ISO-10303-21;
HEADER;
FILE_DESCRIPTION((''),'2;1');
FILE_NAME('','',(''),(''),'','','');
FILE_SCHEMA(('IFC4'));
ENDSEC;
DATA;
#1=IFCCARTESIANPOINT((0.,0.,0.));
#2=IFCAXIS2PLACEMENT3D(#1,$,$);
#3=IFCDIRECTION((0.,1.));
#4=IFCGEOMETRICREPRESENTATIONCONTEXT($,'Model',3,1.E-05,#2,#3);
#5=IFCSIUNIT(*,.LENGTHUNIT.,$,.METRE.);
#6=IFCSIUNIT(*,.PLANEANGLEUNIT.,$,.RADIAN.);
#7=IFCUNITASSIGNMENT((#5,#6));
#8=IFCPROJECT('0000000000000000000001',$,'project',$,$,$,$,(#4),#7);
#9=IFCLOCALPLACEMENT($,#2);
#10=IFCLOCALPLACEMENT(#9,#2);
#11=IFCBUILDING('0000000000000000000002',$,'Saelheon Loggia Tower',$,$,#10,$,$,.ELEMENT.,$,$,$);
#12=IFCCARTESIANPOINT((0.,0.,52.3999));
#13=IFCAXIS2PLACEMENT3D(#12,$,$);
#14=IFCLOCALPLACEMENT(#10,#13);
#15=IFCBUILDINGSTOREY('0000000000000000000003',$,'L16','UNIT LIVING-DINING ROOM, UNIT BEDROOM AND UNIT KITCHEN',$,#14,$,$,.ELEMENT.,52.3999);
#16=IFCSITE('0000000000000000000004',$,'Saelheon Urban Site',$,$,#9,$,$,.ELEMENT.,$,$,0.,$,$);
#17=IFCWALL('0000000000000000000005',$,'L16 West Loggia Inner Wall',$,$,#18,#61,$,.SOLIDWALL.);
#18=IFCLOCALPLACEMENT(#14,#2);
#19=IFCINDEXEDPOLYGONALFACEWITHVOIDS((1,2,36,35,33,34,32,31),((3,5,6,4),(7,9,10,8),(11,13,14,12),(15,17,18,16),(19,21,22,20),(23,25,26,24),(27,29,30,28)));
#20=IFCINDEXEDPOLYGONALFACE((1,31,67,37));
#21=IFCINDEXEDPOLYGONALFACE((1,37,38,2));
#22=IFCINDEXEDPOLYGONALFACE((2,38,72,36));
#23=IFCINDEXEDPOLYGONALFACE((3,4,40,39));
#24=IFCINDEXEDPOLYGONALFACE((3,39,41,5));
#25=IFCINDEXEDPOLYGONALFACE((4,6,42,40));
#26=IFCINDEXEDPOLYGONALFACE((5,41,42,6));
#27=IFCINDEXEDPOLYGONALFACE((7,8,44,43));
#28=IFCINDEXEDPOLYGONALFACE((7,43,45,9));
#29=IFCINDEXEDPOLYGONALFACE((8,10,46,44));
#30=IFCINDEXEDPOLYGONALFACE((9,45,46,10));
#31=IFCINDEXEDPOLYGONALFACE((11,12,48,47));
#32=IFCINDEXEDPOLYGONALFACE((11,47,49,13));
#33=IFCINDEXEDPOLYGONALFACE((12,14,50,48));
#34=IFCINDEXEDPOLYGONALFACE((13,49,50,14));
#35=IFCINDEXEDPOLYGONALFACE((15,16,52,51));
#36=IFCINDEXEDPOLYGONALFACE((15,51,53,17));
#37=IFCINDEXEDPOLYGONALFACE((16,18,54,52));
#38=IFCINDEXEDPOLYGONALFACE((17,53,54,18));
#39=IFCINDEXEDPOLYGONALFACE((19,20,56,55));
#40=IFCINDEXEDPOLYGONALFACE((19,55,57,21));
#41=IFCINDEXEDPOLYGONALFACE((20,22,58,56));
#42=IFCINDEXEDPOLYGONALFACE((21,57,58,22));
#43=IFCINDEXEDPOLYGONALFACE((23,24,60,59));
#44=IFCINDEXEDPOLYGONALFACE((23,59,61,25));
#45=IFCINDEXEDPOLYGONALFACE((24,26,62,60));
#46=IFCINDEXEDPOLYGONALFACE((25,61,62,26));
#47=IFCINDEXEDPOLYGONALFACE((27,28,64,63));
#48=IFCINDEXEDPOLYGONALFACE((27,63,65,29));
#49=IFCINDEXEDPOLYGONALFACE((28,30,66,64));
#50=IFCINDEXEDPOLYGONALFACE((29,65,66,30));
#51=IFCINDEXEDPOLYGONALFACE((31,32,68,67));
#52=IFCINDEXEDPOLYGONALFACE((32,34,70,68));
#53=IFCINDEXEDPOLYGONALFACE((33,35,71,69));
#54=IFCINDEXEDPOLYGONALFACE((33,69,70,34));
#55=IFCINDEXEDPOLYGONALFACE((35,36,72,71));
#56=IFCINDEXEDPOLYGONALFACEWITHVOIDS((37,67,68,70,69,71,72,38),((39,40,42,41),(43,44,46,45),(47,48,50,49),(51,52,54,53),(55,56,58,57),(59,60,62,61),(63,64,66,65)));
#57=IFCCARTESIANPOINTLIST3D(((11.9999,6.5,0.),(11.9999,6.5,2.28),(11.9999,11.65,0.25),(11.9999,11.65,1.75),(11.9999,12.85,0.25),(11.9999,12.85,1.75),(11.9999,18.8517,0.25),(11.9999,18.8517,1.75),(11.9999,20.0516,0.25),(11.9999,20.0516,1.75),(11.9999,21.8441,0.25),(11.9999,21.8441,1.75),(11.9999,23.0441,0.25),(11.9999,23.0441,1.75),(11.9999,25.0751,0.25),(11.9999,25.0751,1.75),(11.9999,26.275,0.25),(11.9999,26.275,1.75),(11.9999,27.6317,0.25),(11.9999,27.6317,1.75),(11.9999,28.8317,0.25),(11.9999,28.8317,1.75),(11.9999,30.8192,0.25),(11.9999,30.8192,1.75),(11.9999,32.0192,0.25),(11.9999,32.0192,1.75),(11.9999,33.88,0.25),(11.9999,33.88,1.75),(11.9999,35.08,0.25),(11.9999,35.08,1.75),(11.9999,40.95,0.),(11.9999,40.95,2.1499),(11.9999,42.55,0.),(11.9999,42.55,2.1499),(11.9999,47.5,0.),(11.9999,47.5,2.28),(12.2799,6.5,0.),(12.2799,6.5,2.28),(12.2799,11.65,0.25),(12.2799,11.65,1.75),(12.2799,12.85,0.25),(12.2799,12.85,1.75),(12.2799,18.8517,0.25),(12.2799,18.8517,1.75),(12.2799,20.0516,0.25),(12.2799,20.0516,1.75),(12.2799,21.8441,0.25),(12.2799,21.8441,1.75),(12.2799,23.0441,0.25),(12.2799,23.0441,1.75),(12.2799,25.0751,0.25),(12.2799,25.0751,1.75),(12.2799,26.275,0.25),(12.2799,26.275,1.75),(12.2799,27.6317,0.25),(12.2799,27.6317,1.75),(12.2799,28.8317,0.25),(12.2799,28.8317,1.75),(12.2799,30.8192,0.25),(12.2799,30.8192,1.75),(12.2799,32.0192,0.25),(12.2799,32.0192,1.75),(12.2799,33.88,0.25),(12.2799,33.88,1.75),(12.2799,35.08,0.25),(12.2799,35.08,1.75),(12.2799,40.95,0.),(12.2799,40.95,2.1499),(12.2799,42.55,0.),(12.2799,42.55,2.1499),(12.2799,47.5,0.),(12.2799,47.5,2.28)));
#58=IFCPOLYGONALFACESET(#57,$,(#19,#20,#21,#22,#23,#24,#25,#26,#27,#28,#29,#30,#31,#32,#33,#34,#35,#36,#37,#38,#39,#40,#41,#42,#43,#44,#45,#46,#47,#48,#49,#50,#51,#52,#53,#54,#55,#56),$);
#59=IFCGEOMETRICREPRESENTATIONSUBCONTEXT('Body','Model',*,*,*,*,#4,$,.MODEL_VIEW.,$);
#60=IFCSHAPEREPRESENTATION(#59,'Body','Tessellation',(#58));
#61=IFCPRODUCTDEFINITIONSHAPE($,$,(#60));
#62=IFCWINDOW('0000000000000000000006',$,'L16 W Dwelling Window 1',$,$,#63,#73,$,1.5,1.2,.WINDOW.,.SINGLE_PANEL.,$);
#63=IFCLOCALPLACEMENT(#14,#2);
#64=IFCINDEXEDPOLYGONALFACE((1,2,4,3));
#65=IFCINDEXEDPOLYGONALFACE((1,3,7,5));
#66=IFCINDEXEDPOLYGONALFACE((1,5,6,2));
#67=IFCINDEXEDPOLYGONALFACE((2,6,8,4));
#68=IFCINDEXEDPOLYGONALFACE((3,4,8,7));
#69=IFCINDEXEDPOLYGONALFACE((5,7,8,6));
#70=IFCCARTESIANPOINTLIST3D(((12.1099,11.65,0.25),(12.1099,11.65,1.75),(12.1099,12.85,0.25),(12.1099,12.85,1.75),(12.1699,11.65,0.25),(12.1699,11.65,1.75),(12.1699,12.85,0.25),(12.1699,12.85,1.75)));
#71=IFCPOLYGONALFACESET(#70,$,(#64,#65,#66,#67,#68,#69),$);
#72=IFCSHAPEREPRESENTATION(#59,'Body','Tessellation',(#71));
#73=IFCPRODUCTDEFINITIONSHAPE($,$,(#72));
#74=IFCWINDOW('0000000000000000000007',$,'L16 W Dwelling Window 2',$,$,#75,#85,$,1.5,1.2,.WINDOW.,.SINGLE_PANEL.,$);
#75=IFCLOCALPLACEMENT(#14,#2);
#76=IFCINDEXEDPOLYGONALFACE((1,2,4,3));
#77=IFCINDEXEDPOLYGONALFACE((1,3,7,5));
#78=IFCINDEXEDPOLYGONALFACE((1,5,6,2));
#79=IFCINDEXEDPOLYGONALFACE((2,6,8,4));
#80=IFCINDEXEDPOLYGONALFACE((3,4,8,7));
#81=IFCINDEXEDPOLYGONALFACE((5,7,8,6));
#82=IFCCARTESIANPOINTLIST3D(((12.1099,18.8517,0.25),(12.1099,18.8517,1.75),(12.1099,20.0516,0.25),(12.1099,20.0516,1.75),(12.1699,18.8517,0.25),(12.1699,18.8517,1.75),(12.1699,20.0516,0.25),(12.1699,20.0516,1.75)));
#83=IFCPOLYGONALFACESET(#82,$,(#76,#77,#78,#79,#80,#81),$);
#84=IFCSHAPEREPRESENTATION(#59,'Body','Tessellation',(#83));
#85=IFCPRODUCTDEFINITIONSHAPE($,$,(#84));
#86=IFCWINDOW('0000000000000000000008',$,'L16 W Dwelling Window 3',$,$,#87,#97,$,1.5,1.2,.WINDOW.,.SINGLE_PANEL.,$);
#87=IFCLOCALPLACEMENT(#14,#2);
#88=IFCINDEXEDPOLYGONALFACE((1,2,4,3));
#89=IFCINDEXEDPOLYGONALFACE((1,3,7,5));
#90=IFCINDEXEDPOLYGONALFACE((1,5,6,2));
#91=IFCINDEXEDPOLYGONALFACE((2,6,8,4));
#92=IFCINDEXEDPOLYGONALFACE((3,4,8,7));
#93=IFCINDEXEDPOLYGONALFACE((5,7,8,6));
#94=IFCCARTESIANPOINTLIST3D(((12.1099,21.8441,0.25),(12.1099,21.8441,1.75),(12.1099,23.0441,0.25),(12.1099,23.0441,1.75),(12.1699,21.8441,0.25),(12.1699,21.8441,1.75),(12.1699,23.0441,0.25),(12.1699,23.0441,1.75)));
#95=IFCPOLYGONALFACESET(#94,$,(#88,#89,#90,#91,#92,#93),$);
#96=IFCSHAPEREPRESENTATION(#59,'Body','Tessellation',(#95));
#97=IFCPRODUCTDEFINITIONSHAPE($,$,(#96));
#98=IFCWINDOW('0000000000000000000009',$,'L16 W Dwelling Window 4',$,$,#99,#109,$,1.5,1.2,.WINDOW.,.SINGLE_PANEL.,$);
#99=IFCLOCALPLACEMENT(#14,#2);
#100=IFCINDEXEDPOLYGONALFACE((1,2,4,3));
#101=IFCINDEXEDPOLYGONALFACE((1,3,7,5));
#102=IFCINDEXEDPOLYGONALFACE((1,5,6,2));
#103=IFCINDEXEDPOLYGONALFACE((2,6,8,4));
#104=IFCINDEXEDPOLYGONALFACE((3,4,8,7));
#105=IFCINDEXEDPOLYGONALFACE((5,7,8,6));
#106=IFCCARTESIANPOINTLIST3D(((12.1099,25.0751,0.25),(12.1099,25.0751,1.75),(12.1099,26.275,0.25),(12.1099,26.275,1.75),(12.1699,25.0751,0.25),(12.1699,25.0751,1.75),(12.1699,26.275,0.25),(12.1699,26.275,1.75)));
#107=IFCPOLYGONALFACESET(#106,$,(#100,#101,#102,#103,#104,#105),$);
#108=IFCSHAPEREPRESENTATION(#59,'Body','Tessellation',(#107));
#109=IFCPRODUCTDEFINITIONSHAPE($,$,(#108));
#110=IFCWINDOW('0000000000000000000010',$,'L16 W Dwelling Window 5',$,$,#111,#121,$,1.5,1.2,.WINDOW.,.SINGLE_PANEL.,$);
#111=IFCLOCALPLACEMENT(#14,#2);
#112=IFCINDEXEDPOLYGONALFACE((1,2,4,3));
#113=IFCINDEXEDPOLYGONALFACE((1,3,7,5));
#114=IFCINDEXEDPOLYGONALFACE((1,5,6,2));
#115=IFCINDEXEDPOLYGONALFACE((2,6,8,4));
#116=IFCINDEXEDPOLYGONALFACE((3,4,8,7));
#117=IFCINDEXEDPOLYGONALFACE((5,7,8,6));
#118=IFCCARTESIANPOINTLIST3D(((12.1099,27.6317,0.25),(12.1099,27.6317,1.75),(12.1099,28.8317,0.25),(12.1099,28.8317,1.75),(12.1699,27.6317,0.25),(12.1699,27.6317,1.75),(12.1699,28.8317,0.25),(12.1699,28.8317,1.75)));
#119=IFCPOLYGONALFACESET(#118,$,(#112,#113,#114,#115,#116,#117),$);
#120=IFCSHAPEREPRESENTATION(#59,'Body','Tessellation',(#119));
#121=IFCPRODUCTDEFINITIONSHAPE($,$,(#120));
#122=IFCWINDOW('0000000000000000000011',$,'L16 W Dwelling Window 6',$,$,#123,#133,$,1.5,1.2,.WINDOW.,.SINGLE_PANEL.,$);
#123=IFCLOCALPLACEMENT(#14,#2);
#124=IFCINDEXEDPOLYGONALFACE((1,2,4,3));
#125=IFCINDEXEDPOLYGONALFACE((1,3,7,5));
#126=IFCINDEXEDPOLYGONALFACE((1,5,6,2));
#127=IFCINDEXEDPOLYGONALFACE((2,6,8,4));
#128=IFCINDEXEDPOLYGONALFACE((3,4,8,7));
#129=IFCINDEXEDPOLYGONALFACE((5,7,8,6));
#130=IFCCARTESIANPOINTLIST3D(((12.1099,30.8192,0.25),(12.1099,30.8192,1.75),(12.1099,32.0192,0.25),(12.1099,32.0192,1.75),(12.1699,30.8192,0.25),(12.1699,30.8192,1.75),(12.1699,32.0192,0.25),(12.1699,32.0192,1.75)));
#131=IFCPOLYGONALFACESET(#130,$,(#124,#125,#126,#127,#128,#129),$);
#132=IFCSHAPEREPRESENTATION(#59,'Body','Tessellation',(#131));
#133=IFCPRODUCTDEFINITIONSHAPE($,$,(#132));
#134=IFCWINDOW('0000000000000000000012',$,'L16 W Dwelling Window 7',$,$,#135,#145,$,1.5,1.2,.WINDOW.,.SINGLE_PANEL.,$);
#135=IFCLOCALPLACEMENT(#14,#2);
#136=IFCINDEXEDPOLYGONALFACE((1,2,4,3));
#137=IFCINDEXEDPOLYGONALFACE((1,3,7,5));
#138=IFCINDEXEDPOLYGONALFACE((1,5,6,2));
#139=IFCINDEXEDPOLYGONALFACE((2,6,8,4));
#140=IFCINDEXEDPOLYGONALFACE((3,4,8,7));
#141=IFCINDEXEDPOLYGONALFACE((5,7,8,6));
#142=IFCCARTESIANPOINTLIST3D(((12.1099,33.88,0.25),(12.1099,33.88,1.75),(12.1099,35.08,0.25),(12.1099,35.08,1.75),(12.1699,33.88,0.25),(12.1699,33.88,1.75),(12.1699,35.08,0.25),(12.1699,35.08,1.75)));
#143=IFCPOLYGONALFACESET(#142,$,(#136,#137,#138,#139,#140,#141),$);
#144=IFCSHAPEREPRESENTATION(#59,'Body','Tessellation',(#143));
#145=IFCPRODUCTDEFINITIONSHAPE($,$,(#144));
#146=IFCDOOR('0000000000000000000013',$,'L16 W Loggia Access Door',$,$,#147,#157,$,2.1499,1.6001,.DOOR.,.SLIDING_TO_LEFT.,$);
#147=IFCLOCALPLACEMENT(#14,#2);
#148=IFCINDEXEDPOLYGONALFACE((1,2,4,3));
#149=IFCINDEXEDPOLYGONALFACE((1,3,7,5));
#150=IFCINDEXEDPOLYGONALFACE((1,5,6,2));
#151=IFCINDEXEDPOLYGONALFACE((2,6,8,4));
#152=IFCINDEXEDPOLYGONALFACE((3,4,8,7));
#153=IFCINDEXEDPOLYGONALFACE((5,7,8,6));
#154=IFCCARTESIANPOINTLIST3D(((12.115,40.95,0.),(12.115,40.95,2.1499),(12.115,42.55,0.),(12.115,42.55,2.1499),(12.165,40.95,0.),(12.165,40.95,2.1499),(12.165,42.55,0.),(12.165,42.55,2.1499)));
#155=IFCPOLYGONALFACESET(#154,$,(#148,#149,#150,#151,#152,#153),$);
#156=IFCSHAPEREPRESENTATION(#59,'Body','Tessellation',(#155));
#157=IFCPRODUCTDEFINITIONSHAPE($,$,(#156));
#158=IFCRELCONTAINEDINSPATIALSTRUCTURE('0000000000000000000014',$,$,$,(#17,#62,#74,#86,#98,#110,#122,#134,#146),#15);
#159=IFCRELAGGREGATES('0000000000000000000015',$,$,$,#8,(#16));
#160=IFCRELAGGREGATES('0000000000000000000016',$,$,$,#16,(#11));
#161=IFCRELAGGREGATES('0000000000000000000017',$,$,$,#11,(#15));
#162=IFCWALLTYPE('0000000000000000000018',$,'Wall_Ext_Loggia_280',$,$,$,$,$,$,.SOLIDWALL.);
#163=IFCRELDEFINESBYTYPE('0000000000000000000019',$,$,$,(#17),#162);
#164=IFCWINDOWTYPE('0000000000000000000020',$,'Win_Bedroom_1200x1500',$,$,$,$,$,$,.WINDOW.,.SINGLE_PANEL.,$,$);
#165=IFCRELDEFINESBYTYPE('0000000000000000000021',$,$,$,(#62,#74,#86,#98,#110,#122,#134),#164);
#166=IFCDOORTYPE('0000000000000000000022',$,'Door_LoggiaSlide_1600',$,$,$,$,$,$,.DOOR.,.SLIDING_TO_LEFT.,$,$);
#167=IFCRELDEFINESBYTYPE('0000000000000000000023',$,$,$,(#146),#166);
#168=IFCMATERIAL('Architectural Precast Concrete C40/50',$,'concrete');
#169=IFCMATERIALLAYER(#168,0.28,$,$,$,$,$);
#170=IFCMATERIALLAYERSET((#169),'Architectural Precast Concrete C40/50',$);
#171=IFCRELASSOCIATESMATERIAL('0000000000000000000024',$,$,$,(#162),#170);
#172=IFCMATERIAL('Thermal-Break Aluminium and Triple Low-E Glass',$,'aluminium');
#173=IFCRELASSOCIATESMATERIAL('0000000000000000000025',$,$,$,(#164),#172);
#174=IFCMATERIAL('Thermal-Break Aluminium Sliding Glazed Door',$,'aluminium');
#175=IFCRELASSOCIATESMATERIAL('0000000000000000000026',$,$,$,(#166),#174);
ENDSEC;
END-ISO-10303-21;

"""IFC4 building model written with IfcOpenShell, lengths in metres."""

from ifc_helpers import new_model, si_unit, direction, frame, frame_2d, origin, place, context, subcontext, project, spatial, rectangle, extrude, source, transform, mapped, material, layer, layer_set, type_object, element, fill, save


model = new_model("IFC4")

# Units and contexts
model_context = context("Model", 3, precision=1e-05, world=origin(), true_north=direction((0.0, 1.0)))
body_context = subcontext(model_context, "Body", "Model", "MODEL_VIEW")
ifc_project = project(units=[si_unit("LENGTHUNIT", "METRE"), si_unit("PLANEANGLEUNIT", "RADIAN")], contexts=[model_context])

# Site, building, storey
site_placement = place(None, origin())
site = spatial("IfcSite", under=ifc_project, at=site_placement, Name="Saelheon Urban Site", CompositionType="ELEMENT", RefElevation=0.0)
building_placement = place(site_placement, origin())
building = spatial("IfcBuilding", under=site, at=building_placement, Name="Saelheon Loggia Tower", CompositionType="ELEMENT")
storey_placement = place(building_placement, frame((0.0, 0.0, 52.3999)))
storey = spatial("IfcBuildingStorey", under=building, at=storey_placement, Name="L16", Description="UNIT LIVING-DINING ROOM, UNIT BEDROOM AND UNIT KITCHEN", CompositionType="ELEMENT", Elevation=52.3999)

# Shared definitions
ifc_material_1 = material(Name="Thermal-Break Aluminium and Triple Low-E Glass", Category="aluminium")

# Wall, openings, windows, door
ifc_material_2 = material(Name="Architectural Precast Concrete C40/50", Category="concrete")
ifc_layer_1 = layer(ifc_material_2, 0.28)
ifc_layer_set_1 = layer_set([ifc_layer_1], Name="Architectural Precast Concrete C40/50")
wall_type = type_object("IfcWallType", Name="Wall_Ext_Loggia_280", PredefinedType="SOLIDWALL", material=ifc_layer_set_1)
wall_placement = place(storey_placement, frame((12.1399, 6.5, 0.0), z_axis=(0.0, 0.0, 1.0), x_axis=(0.0, 1.0, 0.0)))
wall = element("IfcWall", 1, at=wall_placement, inside=storey, type_object=wall_type, Name="L16 West Loggia Inner Wall", PredefinedType="SOLIDWALL", context=body_context, shape_type="SweptSolid", body=[
    extrude(rectangle(XDim=41.0, YDim=0.28, at=frame_2d((20.5, 0.0))), origin(), (0.0, 0.0, 1.0), 2.28),
])
opening_1_placement = place(wall_placement, frame((5.1499, 0.0, 0.25)))
opening_1 = element("IfcOpeningElement", 2, at=opening_1_placement, cuts=wall, PredefinedType="OPENING", context=body_context, shape_type="SweptSolid", body=[
    extrude(rectangle(XDim=1.2, YDim=1.5, at=frame_2d((0.6001, 0.75))), frame((0.0, 0.1521, 0.0), z_axis=(0.0, -1.0, 0.0), x_axis=(1.0, 0.0, 0.0)), (0.0, 0.0, 1.0), 0.304),
])
opening_2_placement = place(wall_placement, frame((12.3516, 0.0, 0.25)))
opening_2 = element("IfcOpeningElement", 3, at=opening_2_placement, cuts=wall, PredefinedType="OPENING", context=body_context, shape_type="SweptSolid", body=[
    extrude(rectangle(XDim=1.2, YDim=1.5, at=frame_2d((0.6001, 0.75))), frame((0.0, 0.1521, 0.0), z_axis=(0.0, -1.0, 0.0), x_axis=(1.0, 0.0, 0.0)), (0.0, 0.0, 1.0), 0.304),
])
opening_3_placement = place(wall_placement, frame((15.344, 0.0, 0.25)))
opening_3 = element("IfcOpeningElement", 4, at=opening_3_placement, cuts=wall, PredefinedType="OPENING", context=body_context, shape_type="SweptSolid", body=[
    extrude(rectangle(XDim=1.2, YDim=1.5, at=frame_2d((0.6001, 0.75))), frame((0.0, 0.1521, 0.0), z_axis=(0.0, -1.0, 0.0), x_axis=(1.0, 0.0, 0.0)), (0.0, 0.0, 1.0), 0.304),
])
opening_4_placement = place(wall_placement, frame((18.575, 0.0, 0.25)))
opening_4 = element("IfcOpeningElement", 5, at=opening_4_placement, cuts=wall, PredefinedType="OPENING", context=body_context, shape_type="SweptSolid", body=[
    extrude(rectangle(XDim=1.2, YDim=1.5, at=frame_2d((0.6001, 0.75))), frame((0.0, 0.1521, 0.0), z_axis=(0.0, -1.0, 0.0), x_axis=(1.0, 0.0, 0.0)), (0.0, 0.0, 1.0), 0.304),
])
opening_5_placement = place(wall_placement, frame((21.1316, 0.0, 0.25)))
opening_5 = element("IfcOpeningElement", 6, at=opening_5_placement, cuts=wall, PredefinedType="OPENING", context=body_context, shape_type="SweptSolid", body=[
    extrude(rectangle(XDim=1.2, YDim=1.5, at=frame_2d((0.6001, 0.75))), frame((0.0, 0.1521, 0.0), z_axis=(0.0, -1.0, 0.0), x_axis=(1.0, 0.0, 0.0)), (0.0, 0.0, 1.0), 0.304),
])
opening_6_placement = place(wall_placement, frame((24.3191, 0.0, 0.25)))
opening_6 = element("IfcOpeningElement", 7, at=opening_6_placement, cuts=wall, PredefinedType="OPENING", context=body_context, shape_type="SweptSolid", body=[
    extrude(rectangle(XDim=1.2, YDim=1.5, at=frame_2d((0.6001, 0.75))), frame((0.0, 0.1521, 0.0), z_axis=(0.0, -1.0, 0.0), x_axis=(1.0, 0.0, 0.0)), (0.0, 0.0, 1.0), 0.304),
])
opening_7_placement = place(wall_placement, frame((27.3799, 0.0, 0.25)))
opening_7 = element("IfcOpeningElement", 8, at=opening_7_placement, cuts=wall, PredefinedType="OPENING", context=body_context, shape_type="SweptSolid", body=[
    extrude(rectangle(XDim=1.2, YDim=1.5, at=frame_2d((0.6001, 0.75))), frame((0.0, 0.1521, 0.0), z_axis=(0.0, -1.0, 0.0), x_axis=(1.0, 0.0, 0.0)), (0.0, 0.0, 1.0), 0.304),
])
opening_8_placement = place(wall_placement, frame((34.45, 0.0, 0.0)))
opening_8 = element("IfcOpeningElement", 9, at=opening_8_placement, cuts=wall, PredefinedType="OPENING", context=body_context, shape_type="SweptSolid", body=[
    extrude(rectangle(XDim=1.6001, YDim=2.1499, at=frame_2d((0.8, 1.075))), frame((0.0, 0.1521, 0.0), z_axis=(0.0, -1.0, 0.0), x_axis=(1.0, 0.0, 0.0)), (0.0, 0.0, 1.0), 0.304),
])
window_type = type_object("IfcWindowType", Name="Win_Bedroom_1200x1500", PartitioningType="SINGLE_PANEL", PredefinedType="WINDOW", material=ifc_material_1)
shared_shape_1 = source(origin(), body_context, "Body", "SweptSolid", [
    extrude(rectangle(XDim=1.2, YDim=1.5, at=frame_2d((0.6001, 0.75))), frame((0.0, 0.03, 0.0), z_axis=(0.0, -1.0, 0.0), x_axis=(1.0, 0.0, 0.0)), (0.0, 0.0, 1.0), 0.0601),
])
window_1_placement = place(opening_1_placement, origin())
window_1 = element("IfcWindow", 10, at=window_1_placement, inside=storey, type_object=window_type, Name="L16 W Dwelling Window 1", OverallHeight=1.5, OverallWidth=1.2, PartitioningType="SINGLE_PANEL", PredefinedType="WINDOW", context=body_context, shape_type="MappedRepresentation", body=[
    mapped(shared_shape_1, transform((0.0, 0.0, 0.0), scale=1.0)),
])
fill(opening_1, window_1)
window_2_placement = place(opening_2_placement, origin())
window_2 = element("IfcWindow", 11, at=window_2_placement, inside=storey, type_object=window_type, Name="L16 W Dwelling Window 2", OverallHeight=1.5, OverallWidth=1.2, PartitioningType="SINGLE_PANEL", PredefinedType="WINDOW", context=body_context, shape_type="MappedRepresentation", body=[
    mapped(shared_shape_1, transform((0.0, 0.0, 0.0), scale=1.0)),
])
fill(opening_2, window_2)
window_3_placement = place(opening_3_placement, origin())
window_3 = element("IfcWindow", 12, at=window_3_placement, inside=storey, type_object=window_type, Name="L16 W Dwelling Window 3", OverallHeight=1.5, OverallWidth=1.2, PartitioningType="SINGLE_PANEL", PredefinedType="WINDOW", context=body_context, shape_type="MappedRepresentation", body=[
    mapped(shared_shape_1, transform((0.0, 0.0, 0.0), scale=1.0)),
])
fill(opening_3, window_3)
window_4_placement = place(opening_4_placement, origin())
window_4 = element("IfcWindow", 13, at=window_4_placement, inside=storey, type_object=window_type, Name="L16 W Dwelling Window 4", OverallHeight=1.5, OverallWidth=1.2, PartitioningType="SINGLE_PANEL", PredefinedType="WINDOW", context=body_context, shape_type="MappedRepresentation", body=[
    mapped(shared_shape_1, transform((0.0, 0.0, 0.0), scale=1.0)),
])
fill(opening_4, window_4)
window_5_placement = place(opening_5_placement, origin())
window_5 = element("IfcWindow", 14, at=window_5_placement, inside=storey, type_object=window_type, Name="L16 W Dwelling Window 5", OverallHeight=1.5, OverallWidth=1.2, PartitioningType="SINGLE_PANEL", PredefinedType="WINDOW", context=body_context, shape_type="MappedRepresentation", body=[
    mapped(shared_shape_1, transform((0.0, 0.0, 0.0), scale=1.0)),
])
fill(opening_5, window_5)
window_6_placement = place(opening_6_placement, origin())
window_6 = element("IfcWindow", 15, at=window_6_placement, inside=storey, type_object=window_type, Name="L16 W Dwelling Window 6", OverallHeight=1.5, OverallWidth=1.2, PartitioningType="SINGLE_PANEL", PredefinedType="WINDOW", context=body_context, shape_type="MappedRepresentation", body=[
    mapped(shared_shape_1, transform((0.0, 0.0, 0.0), scale=1.0)),
])
fill(opening_6, window_6)
window_7_placement = place(opening_7_placement, origin())
window_7 = element("IfcWindow", 16, at=window_7_placement, inside=storey, type_object=window_type, Name="L16 W Dwelling Window 7", OverallHeight=1.5, OverallWidth=1.2, PartitioningType="SINGLE_PANEL", PredefinedType="WINDOW", context=body_context, shape_type="MappedRepresentation", body=[
    mapped(shared_shape_1, transform((0.0, 0.0, 0.0), scale=1.0)),
])
fill(opening_7, window_7)
ifc_material_3 = material(Name="Thermal-Break Aluminium Sliding Glazed Door", Category="aluminium")
door_type = type_object("IfcDoorType", Name="Door_LoggiaSlide_1600", OperationType="SLIDING_TO_LEFT", PredefinedType="DOOR", material=ifc_material_3)
shared_shape_2 = source(origin(), body_context, "Body", "SweptSolid", [
    extrude(rectangle(XDim=1.6001, YDim=2.1499, at=frame_2d((0.8, 1.075))), frame((0.0, 0.0249, 0.0), z_axis=(0.0, -1.0, 0.0), x_axis=(1.0, 0.0, 0.0)), (0.0, 0.0, 1.0), 0.05),
])
door_placement = place(opening_8_placement, origin())
door = element("IfcDoor", 17, at=door_placement, inside=storey, type_object=door_type, Name="L16 W Loggia Access Door", OperationType="SLIDING_TO_LEFT", OverallHeight=2.1499, OverallWidth=1.6001, PredefinedType="DOOR", context=body_context, shape_type="MappedRepresentation", body=[
    mapped(shared_shape_2, transform((0.0, 0.0, 0.0), scale=1.0)),
])
fill(opening_8, door)

save(model, "model.ifc")
